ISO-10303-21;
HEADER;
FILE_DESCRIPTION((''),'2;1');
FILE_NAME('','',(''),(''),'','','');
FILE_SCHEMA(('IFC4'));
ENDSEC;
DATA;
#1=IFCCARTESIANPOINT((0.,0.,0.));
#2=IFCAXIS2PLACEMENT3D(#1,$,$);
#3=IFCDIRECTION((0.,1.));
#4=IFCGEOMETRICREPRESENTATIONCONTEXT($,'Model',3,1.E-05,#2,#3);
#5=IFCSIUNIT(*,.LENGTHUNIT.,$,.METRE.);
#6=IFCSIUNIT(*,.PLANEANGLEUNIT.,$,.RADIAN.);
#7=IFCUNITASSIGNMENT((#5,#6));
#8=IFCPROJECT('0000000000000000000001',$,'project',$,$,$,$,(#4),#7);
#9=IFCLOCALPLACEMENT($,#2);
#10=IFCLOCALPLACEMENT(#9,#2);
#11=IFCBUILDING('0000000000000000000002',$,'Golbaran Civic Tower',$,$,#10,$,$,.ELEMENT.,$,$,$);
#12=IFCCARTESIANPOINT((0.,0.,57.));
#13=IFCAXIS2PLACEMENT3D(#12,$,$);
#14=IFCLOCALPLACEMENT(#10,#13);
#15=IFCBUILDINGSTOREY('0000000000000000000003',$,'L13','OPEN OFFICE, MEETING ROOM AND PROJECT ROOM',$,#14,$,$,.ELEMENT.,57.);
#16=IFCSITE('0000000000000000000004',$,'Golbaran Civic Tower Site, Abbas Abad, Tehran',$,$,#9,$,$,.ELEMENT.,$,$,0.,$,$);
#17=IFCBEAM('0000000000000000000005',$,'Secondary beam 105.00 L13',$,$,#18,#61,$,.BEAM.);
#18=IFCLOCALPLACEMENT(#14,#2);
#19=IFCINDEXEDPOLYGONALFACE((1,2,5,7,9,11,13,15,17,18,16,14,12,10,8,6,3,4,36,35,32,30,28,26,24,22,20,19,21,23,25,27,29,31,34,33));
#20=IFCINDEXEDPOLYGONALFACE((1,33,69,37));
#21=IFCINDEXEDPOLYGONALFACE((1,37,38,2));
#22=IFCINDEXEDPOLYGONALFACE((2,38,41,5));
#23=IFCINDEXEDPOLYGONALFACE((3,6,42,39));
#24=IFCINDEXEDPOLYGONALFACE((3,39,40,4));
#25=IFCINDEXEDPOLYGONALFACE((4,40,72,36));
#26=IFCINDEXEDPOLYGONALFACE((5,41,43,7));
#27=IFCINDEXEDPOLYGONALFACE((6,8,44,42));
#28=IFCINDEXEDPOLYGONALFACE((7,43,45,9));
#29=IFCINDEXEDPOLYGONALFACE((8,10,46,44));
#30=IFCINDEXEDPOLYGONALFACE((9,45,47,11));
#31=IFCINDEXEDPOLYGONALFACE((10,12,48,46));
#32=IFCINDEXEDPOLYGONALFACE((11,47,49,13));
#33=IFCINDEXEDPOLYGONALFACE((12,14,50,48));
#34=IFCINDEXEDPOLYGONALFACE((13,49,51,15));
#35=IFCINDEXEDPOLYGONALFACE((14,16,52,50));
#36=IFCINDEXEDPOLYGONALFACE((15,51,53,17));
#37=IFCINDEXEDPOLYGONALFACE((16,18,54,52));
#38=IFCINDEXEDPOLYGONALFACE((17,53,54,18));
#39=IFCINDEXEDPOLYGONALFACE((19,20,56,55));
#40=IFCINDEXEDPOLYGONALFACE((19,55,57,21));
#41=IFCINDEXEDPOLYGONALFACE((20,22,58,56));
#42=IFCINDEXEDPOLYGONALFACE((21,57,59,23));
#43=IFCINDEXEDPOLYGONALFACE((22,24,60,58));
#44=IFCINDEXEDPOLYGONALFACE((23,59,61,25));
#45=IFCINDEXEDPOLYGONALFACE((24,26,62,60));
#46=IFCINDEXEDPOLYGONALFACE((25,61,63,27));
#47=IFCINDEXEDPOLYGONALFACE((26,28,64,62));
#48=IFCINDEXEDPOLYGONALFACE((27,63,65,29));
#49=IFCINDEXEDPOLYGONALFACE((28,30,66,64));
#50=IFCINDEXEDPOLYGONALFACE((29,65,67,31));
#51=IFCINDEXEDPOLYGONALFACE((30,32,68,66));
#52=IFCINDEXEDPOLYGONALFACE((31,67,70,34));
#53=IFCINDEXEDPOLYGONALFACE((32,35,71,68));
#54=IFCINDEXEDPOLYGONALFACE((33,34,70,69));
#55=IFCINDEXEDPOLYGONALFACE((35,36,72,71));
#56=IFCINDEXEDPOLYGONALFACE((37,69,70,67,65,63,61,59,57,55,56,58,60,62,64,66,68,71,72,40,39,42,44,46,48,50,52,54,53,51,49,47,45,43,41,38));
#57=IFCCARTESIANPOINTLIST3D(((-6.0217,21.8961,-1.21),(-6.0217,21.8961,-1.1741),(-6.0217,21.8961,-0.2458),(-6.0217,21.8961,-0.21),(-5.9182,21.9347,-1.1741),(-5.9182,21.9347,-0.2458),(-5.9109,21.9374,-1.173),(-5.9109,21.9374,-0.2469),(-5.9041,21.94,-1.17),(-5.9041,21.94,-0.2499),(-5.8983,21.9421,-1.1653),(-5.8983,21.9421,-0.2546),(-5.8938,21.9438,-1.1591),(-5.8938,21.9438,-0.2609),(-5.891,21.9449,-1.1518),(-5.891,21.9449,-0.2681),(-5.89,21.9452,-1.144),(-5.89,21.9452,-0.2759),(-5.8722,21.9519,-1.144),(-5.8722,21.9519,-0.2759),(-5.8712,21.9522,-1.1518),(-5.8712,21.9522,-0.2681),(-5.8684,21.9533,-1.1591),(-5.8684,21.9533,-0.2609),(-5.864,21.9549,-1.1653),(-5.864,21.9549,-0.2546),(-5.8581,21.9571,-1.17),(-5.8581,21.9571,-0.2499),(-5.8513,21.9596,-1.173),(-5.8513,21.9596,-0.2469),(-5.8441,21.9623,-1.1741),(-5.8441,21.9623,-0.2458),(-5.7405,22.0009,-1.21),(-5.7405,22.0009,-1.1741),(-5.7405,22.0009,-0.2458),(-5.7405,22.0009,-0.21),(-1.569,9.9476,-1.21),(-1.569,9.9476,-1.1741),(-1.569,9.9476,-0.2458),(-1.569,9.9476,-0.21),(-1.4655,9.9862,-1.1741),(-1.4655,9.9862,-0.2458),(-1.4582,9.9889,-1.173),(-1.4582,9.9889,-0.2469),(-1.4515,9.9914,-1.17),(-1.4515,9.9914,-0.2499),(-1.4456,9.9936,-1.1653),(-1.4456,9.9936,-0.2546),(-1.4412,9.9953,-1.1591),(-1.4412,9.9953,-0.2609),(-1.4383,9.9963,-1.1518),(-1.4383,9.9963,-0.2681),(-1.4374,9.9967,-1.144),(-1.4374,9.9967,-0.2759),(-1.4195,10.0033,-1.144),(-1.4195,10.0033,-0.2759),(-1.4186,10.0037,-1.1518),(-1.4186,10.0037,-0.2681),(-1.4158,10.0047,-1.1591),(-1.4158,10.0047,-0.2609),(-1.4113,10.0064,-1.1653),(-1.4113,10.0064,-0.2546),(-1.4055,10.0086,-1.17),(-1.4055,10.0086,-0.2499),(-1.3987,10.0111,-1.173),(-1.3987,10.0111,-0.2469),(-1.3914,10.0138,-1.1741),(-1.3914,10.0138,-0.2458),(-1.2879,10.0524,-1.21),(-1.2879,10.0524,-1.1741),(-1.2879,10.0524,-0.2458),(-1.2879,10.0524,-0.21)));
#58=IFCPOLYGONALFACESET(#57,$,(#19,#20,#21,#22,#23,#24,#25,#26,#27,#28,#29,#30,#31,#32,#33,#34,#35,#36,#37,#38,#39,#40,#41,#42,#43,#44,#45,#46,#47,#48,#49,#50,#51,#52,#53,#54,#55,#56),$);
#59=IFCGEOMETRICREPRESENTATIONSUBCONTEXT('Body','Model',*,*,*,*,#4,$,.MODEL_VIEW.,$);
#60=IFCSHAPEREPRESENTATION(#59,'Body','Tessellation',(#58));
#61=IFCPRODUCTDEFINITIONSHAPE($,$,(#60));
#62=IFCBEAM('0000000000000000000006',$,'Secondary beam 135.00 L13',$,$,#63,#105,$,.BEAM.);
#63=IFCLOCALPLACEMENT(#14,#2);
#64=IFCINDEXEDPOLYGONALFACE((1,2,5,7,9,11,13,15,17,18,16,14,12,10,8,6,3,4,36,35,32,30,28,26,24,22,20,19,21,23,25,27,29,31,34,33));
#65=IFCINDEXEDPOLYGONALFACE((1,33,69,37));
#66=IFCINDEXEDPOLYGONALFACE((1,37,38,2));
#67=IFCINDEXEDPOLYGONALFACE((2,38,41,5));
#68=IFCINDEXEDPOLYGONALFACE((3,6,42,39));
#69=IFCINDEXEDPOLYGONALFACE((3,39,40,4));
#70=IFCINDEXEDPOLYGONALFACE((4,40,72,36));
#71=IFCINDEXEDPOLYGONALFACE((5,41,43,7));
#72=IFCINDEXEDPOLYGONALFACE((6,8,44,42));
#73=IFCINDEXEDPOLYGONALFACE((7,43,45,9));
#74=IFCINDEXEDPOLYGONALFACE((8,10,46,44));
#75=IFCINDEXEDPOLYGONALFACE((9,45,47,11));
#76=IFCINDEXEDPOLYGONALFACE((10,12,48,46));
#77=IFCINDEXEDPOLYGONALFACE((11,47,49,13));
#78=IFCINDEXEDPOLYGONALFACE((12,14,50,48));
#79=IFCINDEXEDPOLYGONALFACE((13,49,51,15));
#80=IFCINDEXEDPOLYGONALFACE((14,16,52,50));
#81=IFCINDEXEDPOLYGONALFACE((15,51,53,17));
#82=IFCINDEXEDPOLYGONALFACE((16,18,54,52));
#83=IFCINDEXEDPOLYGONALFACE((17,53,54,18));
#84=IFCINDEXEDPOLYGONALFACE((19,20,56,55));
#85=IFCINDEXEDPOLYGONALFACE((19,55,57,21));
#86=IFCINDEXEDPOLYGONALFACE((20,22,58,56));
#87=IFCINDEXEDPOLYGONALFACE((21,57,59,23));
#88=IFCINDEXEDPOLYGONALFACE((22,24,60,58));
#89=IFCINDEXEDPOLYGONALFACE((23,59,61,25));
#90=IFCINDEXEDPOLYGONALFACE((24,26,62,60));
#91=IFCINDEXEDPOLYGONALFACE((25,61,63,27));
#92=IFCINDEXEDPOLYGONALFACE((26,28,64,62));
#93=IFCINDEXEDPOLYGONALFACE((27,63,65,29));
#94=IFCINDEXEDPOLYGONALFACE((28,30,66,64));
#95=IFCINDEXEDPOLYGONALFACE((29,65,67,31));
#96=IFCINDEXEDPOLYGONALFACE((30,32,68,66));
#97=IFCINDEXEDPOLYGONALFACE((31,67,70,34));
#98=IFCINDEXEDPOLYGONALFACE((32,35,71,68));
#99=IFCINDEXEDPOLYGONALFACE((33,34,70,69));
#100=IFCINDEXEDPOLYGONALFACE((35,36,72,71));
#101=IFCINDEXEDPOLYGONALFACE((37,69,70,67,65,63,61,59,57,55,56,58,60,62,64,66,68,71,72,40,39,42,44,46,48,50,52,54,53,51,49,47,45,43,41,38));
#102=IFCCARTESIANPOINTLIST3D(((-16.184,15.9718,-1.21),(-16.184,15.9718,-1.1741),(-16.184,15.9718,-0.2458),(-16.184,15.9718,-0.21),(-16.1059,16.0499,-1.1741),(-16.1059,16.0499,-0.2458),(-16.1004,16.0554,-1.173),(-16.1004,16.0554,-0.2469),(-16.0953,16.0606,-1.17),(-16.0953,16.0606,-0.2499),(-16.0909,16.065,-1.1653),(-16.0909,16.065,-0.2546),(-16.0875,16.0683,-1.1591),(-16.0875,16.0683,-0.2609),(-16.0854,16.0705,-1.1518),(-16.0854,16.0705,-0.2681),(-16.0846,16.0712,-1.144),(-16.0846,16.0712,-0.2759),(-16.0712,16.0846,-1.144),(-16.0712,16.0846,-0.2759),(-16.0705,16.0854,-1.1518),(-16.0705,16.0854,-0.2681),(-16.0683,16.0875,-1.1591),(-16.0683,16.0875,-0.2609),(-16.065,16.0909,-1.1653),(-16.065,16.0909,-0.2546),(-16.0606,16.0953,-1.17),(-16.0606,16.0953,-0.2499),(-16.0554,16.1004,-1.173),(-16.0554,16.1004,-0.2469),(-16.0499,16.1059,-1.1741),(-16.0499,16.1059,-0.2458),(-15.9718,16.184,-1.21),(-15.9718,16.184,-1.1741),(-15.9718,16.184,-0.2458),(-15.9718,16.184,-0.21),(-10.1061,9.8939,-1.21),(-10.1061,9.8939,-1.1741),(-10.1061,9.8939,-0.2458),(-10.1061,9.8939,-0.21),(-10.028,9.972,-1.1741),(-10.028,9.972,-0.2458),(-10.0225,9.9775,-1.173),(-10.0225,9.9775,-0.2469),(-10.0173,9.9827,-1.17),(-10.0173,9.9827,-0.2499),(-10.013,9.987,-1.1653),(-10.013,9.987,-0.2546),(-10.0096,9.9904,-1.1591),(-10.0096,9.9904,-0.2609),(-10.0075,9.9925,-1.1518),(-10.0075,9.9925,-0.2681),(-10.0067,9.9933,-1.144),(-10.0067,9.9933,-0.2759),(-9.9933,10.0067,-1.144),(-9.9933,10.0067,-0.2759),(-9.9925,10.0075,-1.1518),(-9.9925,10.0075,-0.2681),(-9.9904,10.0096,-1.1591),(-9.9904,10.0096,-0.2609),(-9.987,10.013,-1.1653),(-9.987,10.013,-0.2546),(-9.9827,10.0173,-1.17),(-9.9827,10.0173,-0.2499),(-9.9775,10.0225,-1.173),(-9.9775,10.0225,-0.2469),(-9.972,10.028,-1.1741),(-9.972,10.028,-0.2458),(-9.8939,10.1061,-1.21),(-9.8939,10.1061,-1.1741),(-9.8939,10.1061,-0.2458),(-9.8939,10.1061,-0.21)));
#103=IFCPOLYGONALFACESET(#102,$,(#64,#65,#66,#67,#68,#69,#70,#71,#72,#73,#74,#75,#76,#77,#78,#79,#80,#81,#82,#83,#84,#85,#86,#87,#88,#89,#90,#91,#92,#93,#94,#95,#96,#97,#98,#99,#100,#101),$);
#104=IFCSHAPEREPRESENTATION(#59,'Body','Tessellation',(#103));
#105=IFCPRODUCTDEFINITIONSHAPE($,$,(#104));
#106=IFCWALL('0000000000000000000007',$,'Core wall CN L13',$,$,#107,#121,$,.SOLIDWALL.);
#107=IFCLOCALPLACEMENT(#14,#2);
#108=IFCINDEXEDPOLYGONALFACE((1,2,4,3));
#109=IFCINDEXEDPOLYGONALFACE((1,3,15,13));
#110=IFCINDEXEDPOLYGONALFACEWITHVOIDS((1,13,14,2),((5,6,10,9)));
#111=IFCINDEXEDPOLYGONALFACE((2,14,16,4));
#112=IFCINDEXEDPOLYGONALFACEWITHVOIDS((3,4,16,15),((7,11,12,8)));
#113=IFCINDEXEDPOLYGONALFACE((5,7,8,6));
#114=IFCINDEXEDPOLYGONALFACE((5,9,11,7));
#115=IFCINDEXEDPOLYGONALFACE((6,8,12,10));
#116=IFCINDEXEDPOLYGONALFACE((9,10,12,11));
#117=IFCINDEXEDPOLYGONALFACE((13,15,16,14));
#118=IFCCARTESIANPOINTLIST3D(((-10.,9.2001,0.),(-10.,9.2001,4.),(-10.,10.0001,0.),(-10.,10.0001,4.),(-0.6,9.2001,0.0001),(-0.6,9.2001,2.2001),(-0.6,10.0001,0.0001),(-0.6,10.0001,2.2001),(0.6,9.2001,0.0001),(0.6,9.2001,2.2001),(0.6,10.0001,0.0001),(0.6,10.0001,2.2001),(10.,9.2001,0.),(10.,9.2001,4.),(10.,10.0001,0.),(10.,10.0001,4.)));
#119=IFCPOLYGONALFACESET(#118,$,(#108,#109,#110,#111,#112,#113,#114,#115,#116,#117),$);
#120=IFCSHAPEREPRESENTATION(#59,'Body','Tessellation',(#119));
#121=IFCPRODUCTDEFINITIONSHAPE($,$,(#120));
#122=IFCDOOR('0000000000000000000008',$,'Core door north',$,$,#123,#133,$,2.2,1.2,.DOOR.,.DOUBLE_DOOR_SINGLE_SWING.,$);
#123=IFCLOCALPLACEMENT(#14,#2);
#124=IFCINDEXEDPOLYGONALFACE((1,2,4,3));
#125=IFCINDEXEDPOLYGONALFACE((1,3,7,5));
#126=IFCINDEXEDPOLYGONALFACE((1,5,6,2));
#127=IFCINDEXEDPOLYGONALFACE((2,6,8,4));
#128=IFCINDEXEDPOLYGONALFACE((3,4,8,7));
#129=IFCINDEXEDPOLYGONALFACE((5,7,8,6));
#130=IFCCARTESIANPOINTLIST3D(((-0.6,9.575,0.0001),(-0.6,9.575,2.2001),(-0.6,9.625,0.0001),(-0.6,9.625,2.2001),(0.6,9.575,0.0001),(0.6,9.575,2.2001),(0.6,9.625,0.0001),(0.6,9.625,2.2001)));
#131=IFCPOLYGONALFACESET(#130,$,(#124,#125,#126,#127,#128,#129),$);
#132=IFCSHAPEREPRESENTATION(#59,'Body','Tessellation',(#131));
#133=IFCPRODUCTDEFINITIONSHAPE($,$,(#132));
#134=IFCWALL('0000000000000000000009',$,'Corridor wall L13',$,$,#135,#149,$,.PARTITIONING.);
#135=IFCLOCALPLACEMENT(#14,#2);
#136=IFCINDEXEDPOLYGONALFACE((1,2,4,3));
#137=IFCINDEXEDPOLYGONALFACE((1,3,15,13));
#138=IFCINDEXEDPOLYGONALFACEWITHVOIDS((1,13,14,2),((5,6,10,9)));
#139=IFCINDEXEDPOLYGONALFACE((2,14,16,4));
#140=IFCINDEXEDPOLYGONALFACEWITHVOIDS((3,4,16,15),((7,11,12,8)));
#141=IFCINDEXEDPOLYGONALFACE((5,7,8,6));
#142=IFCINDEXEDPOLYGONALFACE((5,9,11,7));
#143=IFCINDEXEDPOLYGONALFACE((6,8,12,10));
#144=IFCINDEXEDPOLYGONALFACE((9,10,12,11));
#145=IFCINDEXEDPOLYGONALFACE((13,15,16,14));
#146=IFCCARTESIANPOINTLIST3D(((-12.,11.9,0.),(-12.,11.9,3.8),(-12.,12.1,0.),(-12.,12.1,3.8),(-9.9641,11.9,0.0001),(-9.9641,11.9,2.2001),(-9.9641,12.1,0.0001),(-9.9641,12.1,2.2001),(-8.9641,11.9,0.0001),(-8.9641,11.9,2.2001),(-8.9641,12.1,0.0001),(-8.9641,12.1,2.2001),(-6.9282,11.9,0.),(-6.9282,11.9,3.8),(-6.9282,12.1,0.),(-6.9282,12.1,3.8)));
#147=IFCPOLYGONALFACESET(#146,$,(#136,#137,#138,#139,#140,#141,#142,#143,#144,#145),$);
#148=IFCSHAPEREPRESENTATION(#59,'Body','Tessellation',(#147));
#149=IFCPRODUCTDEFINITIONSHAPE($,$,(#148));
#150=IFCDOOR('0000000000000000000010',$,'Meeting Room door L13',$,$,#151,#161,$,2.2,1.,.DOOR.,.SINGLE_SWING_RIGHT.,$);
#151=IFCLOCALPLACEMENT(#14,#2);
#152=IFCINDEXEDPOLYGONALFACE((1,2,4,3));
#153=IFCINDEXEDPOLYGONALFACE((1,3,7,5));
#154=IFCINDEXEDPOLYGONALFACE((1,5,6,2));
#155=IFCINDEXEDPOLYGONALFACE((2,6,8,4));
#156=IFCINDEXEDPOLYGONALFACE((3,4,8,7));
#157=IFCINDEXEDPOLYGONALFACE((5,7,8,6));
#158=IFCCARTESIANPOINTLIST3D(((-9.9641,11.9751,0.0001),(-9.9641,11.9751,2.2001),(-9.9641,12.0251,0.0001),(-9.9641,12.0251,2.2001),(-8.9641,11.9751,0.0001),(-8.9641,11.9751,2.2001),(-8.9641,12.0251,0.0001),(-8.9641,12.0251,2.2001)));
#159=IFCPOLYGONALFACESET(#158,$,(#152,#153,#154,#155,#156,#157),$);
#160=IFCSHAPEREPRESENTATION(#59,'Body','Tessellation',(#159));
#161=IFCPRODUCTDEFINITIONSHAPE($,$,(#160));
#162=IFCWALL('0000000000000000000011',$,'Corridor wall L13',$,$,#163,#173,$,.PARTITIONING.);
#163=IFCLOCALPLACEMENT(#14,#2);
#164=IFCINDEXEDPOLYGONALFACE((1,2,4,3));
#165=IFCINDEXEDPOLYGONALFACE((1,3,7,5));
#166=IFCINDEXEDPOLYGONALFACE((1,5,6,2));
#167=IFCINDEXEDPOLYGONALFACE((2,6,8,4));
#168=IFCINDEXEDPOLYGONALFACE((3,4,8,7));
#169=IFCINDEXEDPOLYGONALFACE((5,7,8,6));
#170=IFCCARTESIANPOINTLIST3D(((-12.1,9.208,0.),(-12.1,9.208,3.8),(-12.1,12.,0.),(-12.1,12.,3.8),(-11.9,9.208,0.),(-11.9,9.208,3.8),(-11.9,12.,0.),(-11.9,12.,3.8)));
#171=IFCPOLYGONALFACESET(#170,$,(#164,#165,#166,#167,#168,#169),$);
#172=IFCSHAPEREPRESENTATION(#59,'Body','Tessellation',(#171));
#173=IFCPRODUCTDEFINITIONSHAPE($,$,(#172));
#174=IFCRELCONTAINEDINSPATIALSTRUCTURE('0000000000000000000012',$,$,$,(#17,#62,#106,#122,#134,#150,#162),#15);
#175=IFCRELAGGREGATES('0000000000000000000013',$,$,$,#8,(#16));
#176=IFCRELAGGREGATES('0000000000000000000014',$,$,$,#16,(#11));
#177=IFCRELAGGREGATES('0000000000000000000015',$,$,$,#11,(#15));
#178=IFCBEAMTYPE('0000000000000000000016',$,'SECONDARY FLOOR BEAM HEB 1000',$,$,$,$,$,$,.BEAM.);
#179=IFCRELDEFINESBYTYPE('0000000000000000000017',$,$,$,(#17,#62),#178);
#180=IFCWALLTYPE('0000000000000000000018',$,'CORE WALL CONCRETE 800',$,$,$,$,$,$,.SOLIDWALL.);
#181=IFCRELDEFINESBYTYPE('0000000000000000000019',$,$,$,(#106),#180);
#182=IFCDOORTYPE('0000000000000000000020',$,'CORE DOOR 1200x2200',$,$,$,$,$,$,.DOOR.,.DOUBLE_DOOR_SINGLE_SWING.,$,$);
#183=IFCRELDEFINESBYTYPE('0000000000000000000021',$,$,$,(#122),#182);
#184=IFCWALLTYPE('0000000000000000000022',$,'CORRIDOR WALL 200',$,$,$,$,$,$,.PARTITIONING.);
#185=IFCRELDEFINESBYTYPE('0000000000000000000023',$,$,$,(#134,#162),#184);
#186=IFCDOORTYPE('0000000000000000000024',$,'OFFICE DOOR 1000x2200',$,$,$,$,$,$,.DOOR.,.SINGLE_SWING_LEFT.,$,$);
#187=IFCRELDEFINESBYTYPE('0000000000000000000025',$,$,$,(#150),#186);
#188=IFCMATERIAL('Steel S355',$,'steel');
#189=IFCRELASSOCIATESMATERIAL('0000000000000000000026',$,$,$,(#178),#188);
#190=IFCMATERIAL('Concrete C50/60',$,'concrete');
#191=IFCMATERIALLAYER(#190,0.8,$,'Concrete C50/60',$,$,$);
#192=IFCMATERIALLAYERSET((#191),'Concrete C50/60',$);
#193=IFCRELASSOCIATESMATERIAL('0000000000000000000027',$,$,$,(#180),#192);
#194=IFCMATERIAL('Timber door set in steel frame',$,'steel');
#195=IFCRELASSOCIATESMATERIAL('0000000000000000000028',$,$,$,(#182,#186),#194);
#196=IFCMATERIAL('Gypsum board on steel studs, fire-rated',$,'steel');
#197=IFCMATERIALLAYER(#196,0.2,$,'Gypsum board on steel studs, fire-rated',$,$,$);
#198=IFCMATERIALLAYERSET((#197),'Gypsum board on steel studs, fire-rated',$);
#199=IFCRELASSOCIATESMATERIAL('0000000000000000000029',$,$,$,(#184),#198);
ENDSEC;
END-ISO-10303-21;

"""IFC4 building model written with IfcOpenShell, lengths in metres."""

from ifc_helpers import new_model, si_unit, direction, frame, frame_2d, origin, origin_2d, place, context, subcontext, project, spatial, rectangle, i_section, extrude, material, layer, layer_set, material_profile, profile_set, type_object, element, fill, save


model = new_model("IFC4")

# Units and contexts
model_context = context("Model", 3, precision=1e-05, world=origin(), true_north=direction((0.0, 1.0)))
body_context = subcontext(model_context, "Body", "Model", "MODEL_VIEW")
ifc_project = project(units=[si_unit("LENGTHUNIT", "METRE"), si_unit("PLANEANGLEUNIT", "RADIAN")], contexts=[model_context])

# Site, building, storey
site_placement = place(None, origin())
site = spatial("IfcSite", under=ifc_project, at=site_placement, Name="Golbaran Civic Tower Site, Abbas Abad, Tehran", CompositionType="ELEMENT", RefElevation=0.0)
building_placement = place(site_placement, origin())
building = spatial("IfcBuilding", under=site, at=building_placement, Name="Golbaran Civic Tower", CompositionType="ELEMENT")
storey_placement = place(building_placement, frame((0.0, 0.0, 57.0)))
storey = spatial("IfcBuildingStorey", under=building, at=storey_placement, Name="L13", Description="OPEN OFFICE, MEETING ROOM AND PROJECT ROOM", CompositionType="ELEMENT", Elevation=57.0)

# Beams
ifc_material_1 = material(Name="Steel S355", Category="steel")
ifc_material_profile_1 = material_profile(ifc_material_1, i_section(OverallWidth=0.3, OverallDepth=1.0, WebThickness=0.019, FlangeThickness=0.0359, FilletRadius=0.03, at=origin_2d()), Name="HEB 1000")
ifc_profile_set_1 = profile_set([ifc_material_profile_1], Name="Steel S355")
beam_type_1 = type_object("IfcBeamType", Name="SECONDARY FLOOR BEAM HEB 1000", PredefinedType="BEAM", material=ifc_profile_set_1)
beam_1_placement = place(storey_placement, frame((-1.4285, 10.0, -0.71), z_axis=(-0.349194, 0.93705, 0.0), x_axis=(-0.93705, -0.349194, 0.0)))
element("IfcBeam", 1, at=beam_1_placement, inside=storey, type_object=beam_type_1, Name="Secondary beam 105.00 L13", PredefinedType="BEAM", context=body_context, shape_type="SweptSolid", body=[
    extrude(i_section(OverallWidth=0.3, OverallDepth=1.0, WebThickness=0.019, FlangeThickness=0.0359, FilletRadius=0.03, at=origin_2d()), origin(), (0.0, 0.0, 1.0), 12.7512),
])
beam_2_placement = place(storey_placement, frame((-10.0, 10.0, -0.71), z_axis=(-0.707107, 0.707107, 0.0), x_axis=(-0.707107, -0.707107, 0.0)))
element("IfcBeam", 2, at=beam_2_placement, inside=storey, type_object=beam_type_1, Name="Secondary beam 135.00 L13", PredefinedType="BEAM", context=body_context, shape_type="SweptSolid", body=[
    extrude(i_section(OverallWidth=0.3, OverallDepth=1.0, WebThickness=0.019, FlangeThickness=0.0359, FilletRadius=0.03, at=origin_2d()), origin(), (0.0, 0.0, 1.0), 8.5955),
])

# Walls, openings, doors
ifc_material_2 = material(Name="Concrete C50/60", Category="concrete")
ifc_layer_1 = layer(ifc_material_2, 0.8, Name="Concrete C50/60")
ifc_layer_set_1 = layer_set([ifc_layer_1], Name="Concrete C50/60")
wall_type_1 = type_object("IfcWallType", Name="CORE WALL CONCRETE 800", PredefinedType="SOLIDWALL", material=ifc_layer_set_1)
wall_1_placement = place(storey_placement, frame((-10.0, 9.6001, 0.0), z_axis=(0.0, 0.0, 1.0), x_axis=(1.0, 0.0, 0.0)))
wall_1 = element("IfcWall", 3, at=wall_1_placement, inside=storey, type_object=wall_type_1, Name="Core wall CN L13", PredefinedType="SOLIDWALL", context=body_context, shape_type="SweptSolid", body=[
    extrude(rectangle(XDim=20.0, YDim=0.8, at=frame_2d((10.0, 0.0))), origin(), (0.0, 0.0, 1.0), 4.0),
])
opening_1_placement = place(wall_1_placement, frame((9.3999, 0.0, 0.0)))
opening_1 = element("IfcOpeningElement", 4, at=opening_1_placement, cuts=wall_1, PredefinedType="OPENING", context=body_context, shape_type="SweptSolid", body=[
    extrude(rectangle(XDim=1.2, YDim=2.2, at=frame_2d((0.6001, 1.1001))), frame((0.0, 0.4099, 0.0), z_axis=(0.0, -1.0, 0.0), x_axis=(1.0, 0.0, 0.0)), (0.0, 0.0, 1.0), 0.8201),
])
ifc_material_3 = material(Name="Timber door set in steel frame", Category="steel")
door_type_1 = type_object("IfcDoorType", Name="CORE DOOR 1200x2200", OperationType="DOUBLE_DOOR_SINGLE_SWING", PredefinedType="DOOR", material=ifc_material_3)
door_1_placement = place(opening_1_placement, origin())
door_1 = element("IfcDoor", 5, at=door_1_placement, inside=storey, type_object=door_type_1, Name="Core door north", OperationType="DOUBLE_DOOR_SINGLE_SWING", OverallHeight=2.2, OverallWidth=1.2, PredefinedType="DOOR", context=body_context, shape_type="SweptSolid", body=[
    extrude(rectangle(XDim=1.2, YDim=2.2, at=frame_2d((0.6001, 1.1001))), frame((0.0, 0.0249, 0.0), z_axis=(0.0, -1.0, 0.0), x_axis=(1.0, 0.0, 0.0)), (0.0, 0.0, 1.0), 0.05),
])
fill(opening_1, door_1)
ifc_material_4 = material(Name="Gypsum board on steel studs, fire-rated", Category="steel")
ifc_layer_2 = layer(ifc_material_4, 0.2, Name="Gypsum board on steel studs, fire-rated")
ifc_layer_set_2 = layer_set([ifc_layer_2], Name="Gypsum board on steel studs, fire-rated")
wall_type_2 = type_object("IfcWallType", Name="CORRIDOR WALL 200", PredefinedType="PARTITIONING", material=ifc_layer_set_2)
wall_2_placement = place(storey_placement, frame((-6.9282, 12.0, 0.0), z_axis=(0.0, 0.0, 1.0), x_axis=(-1.0, 0.0, 0.0)))
wall_2 = element("IfcWall", 6, at=wall_2_placement, inside=storey, type_object=wall_type_2, Name="Corridor wall L13", PredefinedType="PARTITIONING", context=body_context, shape_type="SweptSolid", body=[
    extrude(rectangle(XDim=5.0718, YDim=0.2, at=frame_2d((2.5359, 0.0))), origin(), (0.0, 0.0, 1.0), 3.8),
])
opening_2_placement = place(wall_2_placement, frame((2.0359, 0.0, 0.0)))
opening_2 = element("IfcOpeningElement", 7, at=opening_2_placement, cuts=wall_2, PredefinedType="OPENING", context=body_context, shape_type="SweptSolid", body=[
    extrude(rectangle(XDim=1.0, YDim=2.2, at=frame_2d((0.5, 1.1001))), frame((0.0, 0.1099, 0.0), z_axis=(0.0, -1.0, 0.0), x_axis=(1.0, 0.0, 0.0)), (0.0, 0.0, 1.0), 0.22),
])
door_type_2 = type_object("IfcDoorType", Name="OFFICE DOOR 1000x2200", OperationType="SINGLE_SWING_LEFT", PredefinedType="DOOR", material=ifc_material_3)
door_2_placement = place(opening_2_placement, origin())
door_2 = element("IfcDoor", 8, at=door_2_placement, inside=storey, type_object=door_type_2, Name="Meeting Room door L13", OperationType="SINGLE_SWING_RIGHT", OverallHeight=2.2, OverallWidth=1.0, PredefinedType="DOOR", context=body_context, shape_type="SweptSolid", body=[
    extrude(rectangle(XDim=1.0, YDim=2.2, at=frame_2d((0.5, 1.1001))), frame((0.0, 0.0249, 0.0), z_axis=(0.0, -1.0, 0.0), x_axis=(1.0, 0.0, 0.0)), (0.0, 0.0, 1.0), 0.05),
])
fill(opening_2, door_2)

# Wall
wall_3_placement = place(storey_placement, frame((-12.0, 12.0, 0.0), z_axis=(0.0, 0.0, 1.0), x_axis=(0.0, -1.0, 0.0)))
element("IfcWall", 9, at=wall_3_placement, inside=storey, type_object=wall_type_2, Name="Corridor wall L13", PredefinedType="PARTITIONING", context=body_context, shape_type="SweptSolid", body=[
    extrude(rectangle(XDim=2.792, YDim=0.2, at=frame_2d((1.396, 0.0))), origin(), (0.0, 0.0, 1.0), 3.8),
])

save(model, "model.ifc")
